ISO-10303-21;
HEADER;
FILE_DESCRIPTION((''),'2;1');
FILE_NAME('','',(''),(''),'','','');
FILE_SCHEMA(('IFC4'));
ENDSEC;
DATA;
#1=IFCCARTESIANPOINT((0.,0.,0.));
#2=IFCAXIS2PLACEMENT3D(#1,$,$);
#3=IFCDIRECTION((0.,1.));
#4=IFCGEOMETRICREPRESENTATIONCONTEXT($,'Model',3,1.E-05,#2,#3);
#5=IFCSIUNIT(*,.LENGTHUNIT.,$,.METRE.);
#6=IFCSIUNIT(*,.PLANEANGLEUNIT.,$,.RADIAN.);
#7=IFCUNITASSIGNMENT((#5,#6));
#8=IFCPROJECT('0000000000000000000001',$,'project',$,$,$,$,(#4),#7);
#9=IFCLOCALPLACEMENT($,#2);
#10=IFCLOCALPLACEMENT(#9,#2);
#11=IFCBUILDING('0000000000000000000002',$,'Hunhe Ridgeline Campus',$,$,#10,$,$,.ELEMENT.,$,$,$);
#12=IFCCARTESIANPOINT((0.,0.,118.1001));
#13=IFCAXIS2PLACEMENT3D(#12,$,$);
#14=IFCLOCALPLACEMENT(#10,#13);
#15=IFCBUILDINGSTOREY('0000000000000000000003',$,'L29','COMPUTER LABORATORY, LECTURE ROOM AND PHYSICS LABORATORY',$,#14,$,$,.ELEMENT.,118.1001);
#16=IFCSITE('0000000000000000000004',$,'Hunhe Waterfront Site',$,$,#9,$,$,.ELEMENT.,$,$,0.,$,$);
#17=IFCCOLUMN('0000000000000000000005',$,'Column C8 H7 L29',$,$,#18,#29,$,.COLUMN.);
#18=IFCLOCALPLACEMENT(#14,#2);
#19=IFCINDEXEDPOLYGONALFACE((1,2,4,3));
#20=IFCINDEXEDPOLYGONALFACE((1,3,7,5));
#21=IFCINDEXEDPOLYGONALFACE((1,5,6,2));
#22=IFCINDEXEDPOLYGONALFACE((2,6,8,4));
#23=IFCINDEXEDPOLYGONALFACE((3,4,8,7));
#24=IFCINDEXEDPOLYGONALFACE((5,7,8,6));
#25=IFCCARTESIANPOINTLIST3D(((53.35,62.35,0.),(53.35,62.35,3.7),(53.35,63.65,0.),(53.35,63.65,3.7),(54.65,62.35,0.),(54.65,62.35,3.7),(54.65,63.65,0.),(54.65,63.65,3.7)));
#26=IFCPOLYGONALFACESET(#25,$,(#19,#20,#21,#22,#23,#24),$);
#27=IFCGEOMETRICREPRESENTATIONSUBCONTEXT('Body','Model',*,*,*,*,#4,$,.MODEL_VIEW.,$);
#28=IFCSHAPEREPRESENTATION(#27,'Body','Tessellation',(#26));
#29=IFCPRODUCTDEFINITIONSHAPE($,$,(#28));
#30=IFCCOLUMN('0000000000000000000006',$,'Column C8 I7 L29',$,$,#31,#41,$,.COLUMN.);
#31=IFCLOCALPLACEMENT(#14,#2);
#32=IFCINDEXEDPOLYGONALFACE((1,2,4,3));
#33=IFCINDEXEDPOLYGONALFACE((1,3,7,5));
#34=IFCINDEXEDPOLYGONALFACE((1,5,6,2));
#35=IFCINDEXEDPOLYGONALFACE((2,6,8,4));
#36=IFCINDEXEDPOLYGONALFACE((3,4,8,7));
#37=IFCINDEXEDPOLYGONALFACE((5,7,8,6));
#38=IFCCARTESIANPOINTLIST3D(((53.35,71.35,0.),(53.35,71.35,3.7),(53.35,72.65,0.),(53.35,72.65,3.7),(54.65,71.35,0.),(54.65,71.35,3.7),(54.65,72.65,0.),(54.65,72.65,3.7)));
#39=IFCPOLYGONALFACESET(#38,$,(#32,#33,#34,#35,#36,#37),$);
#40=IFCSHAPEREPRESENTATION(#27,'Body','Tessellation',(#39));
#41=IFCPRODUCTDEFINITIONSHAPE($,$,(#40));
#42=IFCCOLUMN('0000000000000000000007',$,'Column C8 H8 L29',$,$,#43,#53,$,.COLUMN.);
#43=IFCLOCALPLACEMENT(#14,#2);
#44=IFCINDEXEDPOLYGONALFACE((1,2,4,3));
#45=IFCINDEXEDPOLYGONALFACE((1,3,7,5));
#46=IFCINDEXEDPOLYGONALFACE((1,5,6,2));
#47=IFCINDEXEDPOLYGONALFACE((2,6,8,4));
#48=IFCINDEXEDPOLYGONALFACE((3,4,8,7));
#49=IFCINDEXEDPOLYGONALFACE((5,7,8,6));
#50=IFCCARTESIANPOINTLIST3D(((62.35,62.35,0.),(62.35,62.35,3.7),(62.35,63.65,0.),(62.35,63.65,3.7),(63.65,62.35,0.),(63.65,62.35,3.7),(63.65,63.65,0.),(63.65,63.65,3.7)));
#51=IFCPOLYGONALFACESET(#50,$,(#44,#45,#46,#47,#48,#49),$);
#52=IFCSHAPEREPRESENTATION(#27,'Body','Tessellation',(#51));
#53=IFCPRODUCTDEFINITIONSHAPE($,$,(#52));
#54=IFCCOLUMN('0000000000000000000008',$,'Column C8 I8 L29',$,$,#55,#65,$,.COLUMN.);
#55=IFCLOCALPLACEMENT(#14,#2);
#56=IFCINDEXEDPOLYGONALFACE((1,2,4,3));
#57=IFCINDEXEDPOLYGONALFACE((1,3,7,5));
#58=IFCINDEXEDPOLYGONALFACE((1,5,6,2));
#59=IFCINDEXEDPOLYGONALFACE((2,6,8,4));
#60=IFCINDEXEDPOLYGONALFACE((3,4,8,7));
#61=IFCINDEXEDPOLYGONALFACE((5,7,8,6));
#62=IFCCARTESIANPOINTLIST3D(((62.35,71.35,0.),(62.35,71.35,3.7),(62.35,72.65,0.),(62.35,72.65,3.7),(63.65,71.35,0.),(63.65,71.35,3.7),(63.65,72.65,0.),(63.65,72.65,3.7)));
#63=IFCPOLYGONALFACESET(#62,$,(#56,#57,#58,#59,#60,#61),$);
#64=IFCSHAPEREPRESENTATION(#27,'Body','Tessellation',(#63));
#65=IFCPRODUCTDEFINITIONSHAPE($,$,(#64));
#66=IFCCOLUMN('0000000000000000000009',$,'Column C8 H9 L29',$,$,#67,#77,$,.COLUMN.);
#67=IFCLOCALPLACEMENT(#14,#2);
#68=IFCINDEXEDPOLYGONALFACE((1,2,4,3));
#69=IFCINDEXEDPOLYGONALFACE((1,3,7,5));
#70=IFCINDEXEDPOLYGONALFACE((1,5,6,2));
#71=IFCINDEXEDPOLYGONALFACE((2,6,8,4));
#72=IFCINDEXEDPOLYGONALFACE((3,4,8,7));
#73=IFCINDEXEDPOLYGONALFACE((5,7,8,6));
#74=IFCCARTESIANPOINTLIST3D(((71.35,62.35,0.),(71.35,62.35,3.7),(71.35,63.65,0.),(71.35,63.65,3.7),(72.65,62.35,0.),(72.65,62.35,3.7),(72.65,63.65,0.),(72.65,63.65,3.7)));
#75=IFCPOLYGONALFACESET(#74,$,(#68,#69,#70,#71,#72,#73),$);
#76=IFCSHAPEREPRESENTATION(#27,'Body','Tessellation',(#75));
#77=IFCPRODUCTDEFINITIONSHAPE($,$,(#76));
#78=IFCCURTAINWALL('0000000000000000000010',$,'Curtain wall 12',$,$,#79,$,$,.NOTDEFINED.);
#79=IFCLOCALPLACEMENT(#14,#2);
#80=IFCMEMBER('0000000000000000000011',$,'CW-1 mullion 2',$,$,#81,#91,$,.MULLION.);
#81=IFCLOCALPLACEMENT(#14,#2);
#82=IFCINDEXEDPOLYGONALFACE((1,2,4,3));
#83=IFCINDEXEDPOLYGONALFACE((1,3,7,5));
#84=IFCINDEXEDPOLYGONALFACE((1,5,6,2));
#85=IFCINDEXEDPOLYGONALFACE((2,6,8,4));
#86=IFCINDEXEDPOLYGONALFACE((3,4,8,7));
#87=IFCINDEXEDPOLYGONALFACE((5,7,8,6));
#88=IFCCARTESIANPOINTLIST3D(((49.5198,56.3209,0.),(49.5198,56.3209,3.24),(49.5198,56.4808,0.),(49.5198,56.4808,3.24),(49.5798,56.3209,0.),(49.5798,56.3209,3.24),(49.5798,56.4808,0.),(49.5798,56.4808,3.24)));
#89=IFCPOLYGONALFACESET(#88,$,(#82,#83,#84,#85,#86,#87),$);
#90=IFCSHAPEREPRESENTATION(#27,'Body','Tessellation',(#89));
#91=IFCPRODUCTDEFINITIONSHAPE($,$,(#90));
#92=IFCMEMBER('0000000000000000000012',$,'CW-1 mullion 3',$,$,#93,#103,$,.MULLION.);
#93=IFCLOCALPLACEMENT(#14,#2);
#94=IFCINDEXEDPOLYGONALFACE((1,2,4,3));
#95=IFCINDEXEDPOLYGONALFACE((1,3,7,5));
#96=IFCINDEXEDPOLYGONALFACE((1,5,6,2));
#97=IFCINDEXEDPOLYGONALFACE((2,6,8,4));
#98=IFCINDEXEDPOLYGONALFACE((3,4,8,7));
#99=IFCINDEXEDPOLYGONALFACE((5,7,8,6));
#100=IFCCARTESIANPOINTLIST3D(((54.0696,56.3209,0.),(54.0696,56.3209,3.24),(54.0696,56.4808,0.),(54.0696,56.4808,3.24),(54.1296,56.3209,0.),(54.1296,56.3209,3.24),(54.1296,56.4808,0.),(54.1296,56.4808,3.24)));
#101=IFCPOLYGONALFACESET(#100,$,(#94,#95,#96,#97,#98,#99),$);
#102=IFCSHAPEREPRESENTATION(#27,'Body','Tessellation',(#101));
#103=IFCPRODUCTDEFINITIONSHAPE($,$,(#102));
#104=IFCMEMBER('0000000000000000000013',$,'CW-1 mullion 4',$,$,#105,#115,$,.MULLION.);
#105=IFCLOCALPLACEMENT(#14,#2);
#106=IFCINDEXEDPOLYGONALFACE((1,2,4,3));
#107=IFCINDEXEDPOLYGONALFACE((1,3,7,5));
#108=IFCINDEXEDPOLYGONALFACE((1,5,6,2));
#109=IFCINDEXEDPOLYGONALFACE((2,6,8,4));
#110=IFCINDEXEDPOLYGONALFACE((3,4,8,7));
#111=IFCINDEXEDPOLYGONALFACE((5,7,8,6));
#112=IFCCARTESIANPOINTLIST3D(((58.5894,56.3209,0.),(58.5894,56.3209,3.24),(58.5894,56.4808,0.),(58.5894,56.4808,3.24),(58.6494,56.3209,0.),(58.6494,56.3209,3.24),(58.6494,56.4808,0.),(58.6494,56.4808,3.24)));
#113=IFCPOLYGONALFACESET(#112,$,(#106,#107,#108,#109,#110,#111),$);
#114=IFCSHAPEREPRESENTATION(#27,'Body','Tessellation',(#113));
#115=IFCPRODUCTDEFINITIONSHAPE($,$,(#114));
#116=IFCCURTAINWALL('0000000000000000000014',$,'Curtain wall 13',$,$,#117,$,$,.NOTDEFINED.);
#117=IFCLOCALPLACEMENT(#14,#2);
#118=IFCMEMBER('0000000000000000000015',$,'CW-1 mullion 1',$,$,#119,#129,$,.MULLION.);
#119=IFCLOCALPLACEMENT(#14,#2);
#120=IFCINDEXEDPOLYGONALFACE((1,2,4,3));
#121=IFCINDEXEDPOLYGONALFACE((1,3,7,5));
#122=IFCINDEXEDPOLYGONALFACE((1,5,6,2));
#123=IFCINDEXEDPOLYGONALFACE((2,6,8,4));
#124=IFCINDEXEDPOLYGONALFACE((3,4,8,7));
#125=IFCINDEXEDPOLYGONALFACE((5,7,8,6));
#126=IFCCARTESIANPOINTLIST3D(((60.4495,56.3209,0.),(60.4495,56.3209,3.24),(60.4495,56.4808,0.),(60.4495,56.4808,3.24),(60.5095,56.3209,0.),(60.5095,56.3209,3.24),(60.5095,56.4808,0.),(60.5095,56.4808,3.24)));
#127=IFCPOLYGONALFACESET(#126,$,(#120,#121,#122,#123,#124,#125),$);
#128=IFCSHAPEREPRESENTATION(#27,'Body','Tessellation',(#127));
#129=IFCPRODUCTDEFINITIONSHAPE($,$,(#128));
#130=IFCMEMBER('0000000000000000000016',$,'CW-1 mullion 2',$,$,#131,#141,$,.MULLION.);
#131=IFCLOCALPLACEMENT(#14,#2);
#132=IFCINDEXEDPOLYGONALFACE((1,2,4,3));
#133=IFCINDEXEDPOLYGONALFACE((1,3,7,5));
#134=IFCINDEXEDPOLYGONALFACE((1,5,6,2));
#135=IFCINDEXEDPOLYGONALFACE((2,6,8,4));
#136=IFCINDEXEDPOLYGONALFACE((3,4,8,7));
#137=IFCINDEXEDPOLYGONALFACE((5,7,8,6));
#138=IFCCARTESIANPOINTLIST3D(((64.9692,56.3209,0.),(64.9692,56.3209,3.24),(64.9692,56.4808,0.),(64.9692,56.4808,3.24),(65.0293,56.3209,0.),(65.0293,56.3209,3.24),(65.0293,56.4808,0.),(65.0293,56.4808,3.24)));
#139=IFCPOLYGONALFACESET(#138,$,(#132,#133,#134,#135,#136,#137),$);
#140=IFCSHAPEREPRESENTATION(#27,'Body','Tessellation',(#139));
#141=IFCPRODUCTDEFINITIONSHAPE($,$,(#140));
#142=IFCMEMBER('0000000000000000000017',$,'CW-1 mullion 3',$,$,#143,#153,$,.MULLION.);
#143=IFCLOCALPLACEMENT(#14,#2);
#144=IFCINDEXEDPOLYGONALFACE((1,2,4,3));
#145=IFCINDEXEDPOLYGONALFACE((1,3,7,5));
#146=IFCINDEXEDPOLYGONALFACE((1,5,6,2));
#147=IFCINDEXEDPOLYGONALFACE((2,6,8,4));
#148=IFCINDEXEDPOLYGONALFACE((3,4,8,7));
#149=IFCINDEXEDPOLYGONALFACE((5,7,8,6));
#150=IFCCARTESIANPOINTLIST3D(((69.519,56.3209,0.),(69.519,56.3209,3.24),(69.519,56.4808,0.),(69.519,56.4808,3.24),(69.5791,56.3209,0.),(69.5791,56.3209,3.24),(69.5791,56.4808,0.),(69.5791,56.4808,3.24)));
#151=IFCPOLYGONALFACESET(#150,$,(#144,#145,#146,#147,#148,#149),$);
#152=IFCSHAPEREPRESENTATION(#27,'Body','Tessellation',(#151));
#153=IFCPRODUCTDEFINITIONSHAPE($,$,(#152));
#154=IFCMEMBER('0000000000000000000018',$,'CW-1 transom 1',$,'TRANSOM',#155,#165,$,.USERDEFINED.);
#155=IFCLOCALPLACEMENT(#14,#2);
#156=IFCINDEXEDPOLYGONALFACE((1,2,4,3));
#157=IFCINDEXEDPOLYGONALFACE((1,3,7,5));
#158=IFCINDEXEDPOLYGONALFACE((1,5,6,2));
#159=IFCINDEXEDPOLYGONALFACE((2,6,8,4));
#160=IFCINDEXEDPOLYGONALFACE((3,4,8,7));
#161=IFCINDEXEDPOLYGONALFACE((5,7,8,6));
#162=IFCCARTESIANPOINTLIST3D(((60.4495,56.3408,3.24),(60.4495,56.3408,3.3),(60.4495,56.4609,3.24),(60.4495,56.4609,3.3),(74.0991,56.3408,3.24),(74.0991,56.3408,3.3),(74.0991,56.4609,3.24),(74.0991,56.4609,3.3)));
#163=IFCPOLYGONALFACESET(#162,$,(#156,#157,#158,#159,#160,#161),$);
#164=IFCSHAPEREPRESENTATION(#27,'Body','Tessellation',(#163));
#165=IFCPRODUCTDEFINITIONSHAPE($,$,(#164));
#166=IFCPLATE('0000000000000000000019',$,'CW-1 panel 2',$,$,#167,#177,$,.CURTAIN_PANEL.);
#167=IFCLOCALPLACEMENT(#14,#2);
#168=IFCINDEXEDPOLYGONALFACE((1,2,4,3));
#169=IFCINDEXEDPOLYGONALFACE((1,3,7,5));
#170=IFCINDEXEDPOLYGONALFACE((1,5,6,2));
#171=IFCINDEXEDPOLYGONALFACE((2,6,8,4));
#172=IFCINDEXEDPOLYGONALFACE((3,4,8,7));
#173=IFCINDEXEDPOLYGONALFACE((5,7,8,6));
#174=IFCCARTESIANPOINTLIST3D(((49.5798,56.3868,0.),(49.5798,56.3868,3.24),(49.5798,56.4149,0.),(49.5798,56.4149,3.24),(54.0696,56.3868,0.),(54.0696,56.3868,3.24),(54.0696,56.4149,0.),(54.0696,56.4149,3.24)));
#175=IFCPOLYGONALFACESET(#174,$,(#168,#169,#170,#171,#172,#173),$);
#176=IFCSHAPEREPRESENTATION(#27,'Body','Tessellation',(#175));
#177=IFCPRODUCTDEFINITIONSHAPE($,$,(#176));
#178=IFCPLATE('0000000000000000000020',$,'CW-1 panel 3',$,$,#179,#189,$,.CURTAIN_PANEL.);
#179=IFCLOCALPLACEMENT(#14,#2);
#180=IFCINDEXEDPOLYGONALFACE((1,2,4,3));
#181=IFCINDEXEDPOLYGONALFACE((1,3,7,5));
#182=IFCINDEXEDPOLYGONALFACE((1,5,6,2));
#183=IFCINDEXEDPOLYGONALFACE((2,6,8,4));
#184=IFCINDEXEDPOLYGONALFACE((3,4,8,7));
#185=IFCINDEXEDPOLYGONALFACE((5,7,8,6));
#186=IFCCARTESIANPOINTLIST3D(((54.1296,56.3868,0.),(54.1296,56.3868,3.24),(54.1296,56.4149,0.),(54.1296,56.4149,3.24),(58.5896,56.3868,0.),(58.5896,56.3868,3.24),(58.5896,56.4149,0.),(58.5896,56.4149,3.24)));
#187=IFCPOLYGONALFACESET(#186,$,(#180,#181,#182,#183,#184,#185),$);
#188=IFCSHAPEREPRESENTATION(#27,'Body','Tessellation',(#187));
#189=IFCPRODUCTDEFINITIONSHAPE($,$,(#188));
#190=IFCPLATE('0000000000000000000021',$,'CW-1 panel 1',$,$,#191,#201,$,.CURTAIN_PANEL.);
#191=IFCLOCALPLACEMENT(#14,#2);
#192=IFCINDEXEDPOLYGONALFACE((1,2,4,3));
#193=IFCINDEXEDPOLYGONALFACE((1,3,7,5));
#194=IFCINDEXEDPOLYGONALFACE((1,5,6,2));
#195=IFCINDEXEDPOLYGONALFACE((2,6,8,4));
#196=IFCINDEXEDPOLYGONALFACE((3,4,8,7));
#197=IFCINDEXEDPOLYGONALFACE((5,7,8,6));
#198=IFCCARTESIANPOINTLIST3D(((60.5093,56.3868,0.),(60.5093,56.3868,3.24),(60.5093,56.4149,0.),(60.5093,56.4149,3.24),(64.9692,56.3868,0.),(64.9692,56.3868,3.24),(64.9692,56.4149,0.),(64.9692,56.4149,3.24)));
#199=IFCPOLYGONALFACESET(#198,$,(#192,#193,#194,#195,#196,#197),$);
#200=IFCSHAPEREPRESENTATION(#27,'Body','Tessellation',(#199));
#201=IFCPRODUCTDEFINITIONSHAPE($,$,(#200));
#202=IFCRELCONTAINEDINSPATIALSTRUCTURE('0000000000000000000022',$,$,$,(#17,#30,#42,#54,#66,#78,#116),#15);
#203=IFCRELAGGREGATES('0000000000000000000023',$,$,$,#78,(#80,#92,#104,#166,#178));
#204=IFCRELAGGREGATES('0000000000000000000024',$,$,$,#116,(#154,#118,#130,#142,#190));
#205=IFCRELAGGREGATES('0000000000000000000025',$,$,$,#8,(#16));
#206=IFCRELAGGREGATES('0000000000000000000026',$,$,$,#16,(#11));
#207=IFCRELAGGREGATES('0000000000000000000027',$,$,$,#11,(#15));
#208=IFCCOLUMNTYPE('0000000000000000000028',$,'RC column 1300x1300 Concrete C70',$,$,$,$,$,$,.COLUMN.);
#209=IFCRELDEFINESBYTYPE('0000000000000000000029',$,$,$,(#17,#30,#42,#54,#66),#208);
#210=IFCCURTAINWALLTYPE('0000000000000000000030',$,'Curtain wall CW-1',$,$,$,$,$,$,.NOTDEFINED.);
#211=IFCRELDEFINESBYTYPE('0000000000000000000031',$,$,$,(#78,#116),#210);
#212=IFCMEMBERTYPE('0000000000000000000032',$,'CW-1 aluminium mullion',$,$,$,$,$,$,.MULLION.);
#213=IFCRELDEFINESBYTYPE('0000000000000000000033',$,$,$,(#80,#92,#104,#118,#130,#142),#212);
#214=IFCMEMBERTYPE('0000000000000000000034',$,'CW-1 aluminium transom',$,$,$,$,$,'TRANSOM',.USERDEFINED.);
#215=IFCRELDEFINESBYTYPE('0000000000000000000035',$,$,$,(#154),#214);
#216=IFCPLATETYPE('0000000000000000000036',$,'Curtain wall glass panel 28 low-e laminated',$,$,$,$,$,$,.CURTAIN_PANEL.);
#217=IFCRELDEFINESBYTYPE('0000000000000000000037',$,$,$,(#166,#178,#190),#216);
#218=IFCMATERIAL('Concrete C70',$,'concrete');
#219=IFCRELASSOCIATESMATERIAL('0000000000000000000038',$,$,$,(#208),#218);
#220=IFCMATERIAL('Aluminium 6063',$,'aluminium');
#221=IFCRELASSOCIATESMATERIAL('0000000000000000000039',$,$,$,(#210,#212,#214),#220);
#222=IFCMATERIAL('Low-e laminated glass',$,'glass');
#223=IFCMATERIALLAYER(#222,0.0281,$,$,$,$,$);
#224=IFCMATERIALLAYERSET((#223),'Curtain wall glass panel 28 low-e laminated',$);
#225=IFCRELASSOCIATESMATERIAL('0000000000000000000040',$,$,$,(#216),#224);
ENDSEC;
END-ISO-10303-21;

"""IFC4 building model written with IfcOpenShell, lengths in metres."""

from ifc_helpers import new_model, si_unit, direction, frame, origin, origin_2d, place, context, subcontext, project, spatial, rectangle, extrude, material, layer, layer_set, material_profile, profile_set, type_object, element, aggregate, save


model = new_model("IFC4")

# Units and contexts
model_context = context("Model", 3, precision=1e-05, world=origin(), true_north=direction((0.0, 1.0)))
body_context = subcontext(model_context, "Body", "Model", "MODEL_VIEW")
ifc_project = project(units=[si_unit("LENGTHUNIT", "METRE"), si_unit("PLANEANGLEUNIT", "RADIAN")], contexts=[model_context])

# Site, building, storey
site_placement = place(None, origin())
site = spatial("IfcSite", under=ifc_project, at=site_placement, Name="Hunhe Waterfront Site", CompositionType="ELEMENT", RefElevation=0.0)
building_placement = place(site_placement, origin())
building = spatial("IfcBuilding", under=site, at=building_placement, Name="Hunhe Ridgeline Campus", CompositionType="ELEMENT")
storey_placement = place(building_placement, frame((0.0, 0.0, 118.1001)))
storey = spatial("IfcBuildingStorey", under=building, at=storey_placement, Name="L29", Description="COMPUTER LABORATORY, LECTURE ROOM AND PHYSICS LABORATORY", CompositionType="ELEMENT", Elevation=118.1001)

# Columns
ifc_material_1 = material(Name="Concrete C70", Category="concrete")
ifc_material_profile_1 = material_profile(ifc_material_1, rectangle(XDim=1.3, YDim=1.3, at=origin_2d()))
ifc_profile_set_1 = profile_set([ifc_material_profile_1], Name="Concrete C70")
column_type = type_object("IfcColumnType", Name="RC column 1300x1300 Concrete C70", PredefinedType="COLUMN", material=ifc_profile_set_1)
for number, where, z_axis, x_axis, name in (
    (1, (54.0, 63.0, 0.0), (0.0, 0.0, 1.0), (1.0, 0.0, 0.0), "Column C8 H7 L29"),
    (2, (54.0, 72.0, 0.0), (0.0, 0.0, 1.0), (1.0, 0.0, 0.0), "Column C8 I7 L29"),
    (3, (63.0, 63.0, 0.0), (0.0, 0.0, 1.0), (1.0, 0.0, 0.0), "Column C8 H8 L29"),
    (4, (63.0, 72.0, 0.0), (0.0, 0.0, 1.0), (1.0, 0.0, 0.0), "Column C8 I8 L29"),
    (5, (72.0, 63.0, 0.0), (0.0, 0.0, 1.0), (1.0, 0.0, 0.0), "Column C8 H9 L29"),
):
    element("IfcColumn", number, at=place(storey_placement, frame(where, z_axis=z_axis, x_axis=x_axis)), inside=storey, type_object=column_type, Name=name, PredefinedType="COLUMN", context=body_context, shape_type="SweptSolid", body=[
        extrude(rectangle(XDim=1.3, YDim=1.3, at=origin_2d()), origin(), (0.0, 0.0, 1.0), 3.7),
    ])

# Curtain walls, members
ifc_material_2 = material(Name="Aluminium 6063", Category="aluminium")
curtain_wall_type = type_object("IfcCurtainWallType", Name="Curtain wall CW-1", PredefinedType="NOTDEFINED", material=ifc_material_2)
curtain_wall_1_placement = place(storey_placement, origin())
curtain_wall_1 = element("IfcCurtainWall", 6, at=curtain_wall_1_placement, inside=storey, type_object=curtain_wall_type, Name="Curtain wall 12", PredefinedType="NOTDEFINED")
ifc_material_profile_2 = material_profile(ifc_material_2, rectangle(XDim=0.1599, YDim=0.0601, at=origin_2d()))
ifc_profile_set_2 = profile_set([ifc_material_profile_2], Name="Aluminium 6063")
member_type_1 = type_object("IfcMemberType", Name="CW-1 aluminium mullion", PredefinedType="MULLION", material=ifc_profile_set_2)
member_1_placement = place(storey_placement, frame((49.5498, 56.4009, 0.0), z_axis=(0.0, 0.0, 1.0), x_axis=(0.0, 1.0, 0.0)))
member_1 = element("IfcMember", 7, at=member_1_placement, type_object=member_type_1, Name="CW-1 mullion 2", PredefinedType="MULLION", context=body_context, shape_type="SweptSolid", body=[
    extrude(rectangle(XDim=0.1599, YDim=0.0601, at=origin_2d()), origin(), (0.0, 0.0, 1.0), 3.24),
])
member_2_placement = place(storey_placement, frame((54.0996, 56.4009, 0.0), z_axis=(0.0, 0.0, 1.0), x_axis=(0.0, 1.0, 0.0)))
member_2 = element("IfcMember", 8, at=member_2_placement, type_object=member_type_1, Name="CW-1 mullion 3", PredefinedType="MULLION", context=body_context, shape_type="SweptSolid", body=[
    extrude(rectangle(XDim=0.1599, YDim=0.0601, at=origin_2d()), origin(), (0.0, 0.0, 1.0), 3.24),
])
member_3_placement = place(storey_placement, frame((58.6194, 56.4009, 0.0), z_axis=(0.0, 0.0, 1.0), x_axis=(0.0, 1.0, 0.0)))
member_3 = element("IfcMember", 9, at=member_3_placement, type_object=member_type_1, Name="CW-1 mullion 4", PredefinedType="MULLION", context=body_context, shape_type="SweptSolid", body=[
    extrude(rectangle(XDim=0.1599, YDim=0.0601, at=origin_2d()), origin(), (0.0, 0.0, 1.0), 3.24),
])
curtain_wall_2_placement = place(storey_placement, origin())
curtain_wall_2 = element("IfcCurtainWall", 10, at=curtain_wall_2_placement, inside=storey, type_object=curtain_wall_type, Name="Curtain wall 13", PredefinedType="NOTDEFINED")
member_4_placement = place(storey_placement, frame((60.4795, 56.4009, 0.0), z_axis=(0.0, 0.0, 1.0), x_axis=(0.0, 1.0, 0.0)))
member_4 = element("IfcMember", 11, at=member_4_placement, type_object=member_type_1, Name="CW-1 mullion 1", PredefinedType="MULLION", context=body_context, shape_type="SweptSolid", body=[
    extrude(rectangle(XDim=0.1599, YDim=0.0601, at=origin_2d()), origin(), (0.0, 0.0, 1.0), 3.24),
])
member_5_placement = place(storey_placement, frame((64.9993, 56.4009, 0.0), z_axis=(0.0, 0.0, 1.0), x_axis=(0.0, 1.0, 0.0)))
member_5 = element("IfcMember", 12, at=member_5_placement, type_object=member_type_1, Name="CW-1 mullion 2", PredefinedType="MULLION", context=body_context, shape_type="SweptSolid", body=[
    extrude(rectangle(XDim=0.1599, YDim=0.0601, at=origin_2d()), origin(), (0.0, 0.0, 1.0), 3.24),
])
member_6_placement = place(storey_placement, frame((69.5491, 56.4009, 0.0), z_axis=(0.0, 0.0, 1.0), x_axis=(0.0, 1.0, 0.0)))
member_6 = element("IfcMember", 13, at=member_6_placement, type_object=member_type_1, Name="CW-1 mullion 3", PredefinedType="MULLION", context=body_context, shape_type="SweptSolid", body=[
    extrude(rectangle(XDim=0.1599, YDim=0.0601, at=origin_2d()), origin(), (0.0, 0.0, 1.0), 3.24),
])
ifc_material_profile_3 = material_profile(ifc_material_2, rectangle(XDim=0.1201, YDim=0.0601, at=origin_2d()))
ifc_profile_set_3 = profile_set([ifc_material_profile_3], Name="Aluminium 6063")
member_type_2 = type_object("IfcMemberType", Name="CW-1 aluminium transom", ElementType="TRANSOM", PredefinedType="USERDEFINED", material=ifc_profile_set_3)
member_7_placement = place(storey_placement, frame((60.4495, 56.4009, 3.27), z_axis=(1.0, 0.0, 0.0), x_axis=(0.0, 1.0, 0.0)))
member_7 = element("IfcMember", 14, at=member_7_placement, type_object=member_type_2, Name="CW-1 transom 1", ObjectType="TRANSOM", PredefinedType="USERDEFINED", context=body_context, shape_type="SweptSolid", body=[
    extrude(rectangle(XDim=0.1201, YDim=0.0601, at=origin_2d()), origin(), (0.0, 0.0, 1.0), 13.6497),
])

# Plates
ifc_material_3 = material(Name="Low-e laminated glass", Category="glass")
ifc_layer_1 = layer(ifc_material_3, 0.0281)
ifc_layer_set_1 = layer_set([ifc_layer_1], Name="Curtain wall glass panel 28 low-e laminated")
plate_type = type_object("IfcPlateType", Name="Curtain wall glass panel 28 low-e laminated", PredefinedType="CURTAIN_PANEL", material=ifc_layer_set_1)
plate_1_placement = place(storey_placement, frame((51.8247, 56.4009, 0.0), z_axis=(0.0, 0.0, 1.0), x_axis=(1.0, 0.0, 0.0)))
plate_1 = element("IfcPlate", 15, at=plate_1_placement, type_object=plate_type, Name="CW-1 panel 2", PredefinedType="CURTAIN_PANEL", context=body_context, shape_type="SweptSolid", body=[
    extrude(rectangle(XDim=4.4897, YDim=0.0281, at=origin_2d()), origin(), (0.0, 0.0, 1.0), 3.24),
])
plate_2_placement = place(storey_placement, frame((56.3596, 56.4009, 0.0), z_axis=(0.0, 0.0, 1.0), x_axis=(1.0, 0.0, 0.0)))
plate_2 = element("IfcPlate", 16, at=plate_2_placement, type_object=plate_type, Name="CW-1 panel 3", PredefinedType="CURTAIN_PANEL", context=body_context, shape_type="SweptSolid", body=[
    extrude(rectangle(XDim=4.46, YDim=0.0281, at=origin_2d()), origin(), (0.0, 0.0, 1.0), 3.24),
])
aggregate(curtain_wall_1, [member_1, member_2, member_3, plate_1, plate_2])
plate_3_placement = place(storey_placement, frame((62.7393, 56.4009, 0.0), z_axis=(0.0, 0.0, 1.0), x_axis=(1.0, 0.0, 0.0)))
plate_3 = element("IfcPlate", 17, at=plate_3_placement, type_object=plate_type, Name="CW-1 panel 1", PredefinedType="CURTAIN_PANEL", context=body_context, shape_type="SweptSolid", body=[
    extrude(rectangle(XDim=4.46, YDim=0.0281, at=origin_2d()), origin(), (0.0, 0.0, 1.0), 3.24),
])
aggregate(curtain_wall_2, [member_7, member_4, member_5, member_6, plate_3])

save(model, "model.ifc")
